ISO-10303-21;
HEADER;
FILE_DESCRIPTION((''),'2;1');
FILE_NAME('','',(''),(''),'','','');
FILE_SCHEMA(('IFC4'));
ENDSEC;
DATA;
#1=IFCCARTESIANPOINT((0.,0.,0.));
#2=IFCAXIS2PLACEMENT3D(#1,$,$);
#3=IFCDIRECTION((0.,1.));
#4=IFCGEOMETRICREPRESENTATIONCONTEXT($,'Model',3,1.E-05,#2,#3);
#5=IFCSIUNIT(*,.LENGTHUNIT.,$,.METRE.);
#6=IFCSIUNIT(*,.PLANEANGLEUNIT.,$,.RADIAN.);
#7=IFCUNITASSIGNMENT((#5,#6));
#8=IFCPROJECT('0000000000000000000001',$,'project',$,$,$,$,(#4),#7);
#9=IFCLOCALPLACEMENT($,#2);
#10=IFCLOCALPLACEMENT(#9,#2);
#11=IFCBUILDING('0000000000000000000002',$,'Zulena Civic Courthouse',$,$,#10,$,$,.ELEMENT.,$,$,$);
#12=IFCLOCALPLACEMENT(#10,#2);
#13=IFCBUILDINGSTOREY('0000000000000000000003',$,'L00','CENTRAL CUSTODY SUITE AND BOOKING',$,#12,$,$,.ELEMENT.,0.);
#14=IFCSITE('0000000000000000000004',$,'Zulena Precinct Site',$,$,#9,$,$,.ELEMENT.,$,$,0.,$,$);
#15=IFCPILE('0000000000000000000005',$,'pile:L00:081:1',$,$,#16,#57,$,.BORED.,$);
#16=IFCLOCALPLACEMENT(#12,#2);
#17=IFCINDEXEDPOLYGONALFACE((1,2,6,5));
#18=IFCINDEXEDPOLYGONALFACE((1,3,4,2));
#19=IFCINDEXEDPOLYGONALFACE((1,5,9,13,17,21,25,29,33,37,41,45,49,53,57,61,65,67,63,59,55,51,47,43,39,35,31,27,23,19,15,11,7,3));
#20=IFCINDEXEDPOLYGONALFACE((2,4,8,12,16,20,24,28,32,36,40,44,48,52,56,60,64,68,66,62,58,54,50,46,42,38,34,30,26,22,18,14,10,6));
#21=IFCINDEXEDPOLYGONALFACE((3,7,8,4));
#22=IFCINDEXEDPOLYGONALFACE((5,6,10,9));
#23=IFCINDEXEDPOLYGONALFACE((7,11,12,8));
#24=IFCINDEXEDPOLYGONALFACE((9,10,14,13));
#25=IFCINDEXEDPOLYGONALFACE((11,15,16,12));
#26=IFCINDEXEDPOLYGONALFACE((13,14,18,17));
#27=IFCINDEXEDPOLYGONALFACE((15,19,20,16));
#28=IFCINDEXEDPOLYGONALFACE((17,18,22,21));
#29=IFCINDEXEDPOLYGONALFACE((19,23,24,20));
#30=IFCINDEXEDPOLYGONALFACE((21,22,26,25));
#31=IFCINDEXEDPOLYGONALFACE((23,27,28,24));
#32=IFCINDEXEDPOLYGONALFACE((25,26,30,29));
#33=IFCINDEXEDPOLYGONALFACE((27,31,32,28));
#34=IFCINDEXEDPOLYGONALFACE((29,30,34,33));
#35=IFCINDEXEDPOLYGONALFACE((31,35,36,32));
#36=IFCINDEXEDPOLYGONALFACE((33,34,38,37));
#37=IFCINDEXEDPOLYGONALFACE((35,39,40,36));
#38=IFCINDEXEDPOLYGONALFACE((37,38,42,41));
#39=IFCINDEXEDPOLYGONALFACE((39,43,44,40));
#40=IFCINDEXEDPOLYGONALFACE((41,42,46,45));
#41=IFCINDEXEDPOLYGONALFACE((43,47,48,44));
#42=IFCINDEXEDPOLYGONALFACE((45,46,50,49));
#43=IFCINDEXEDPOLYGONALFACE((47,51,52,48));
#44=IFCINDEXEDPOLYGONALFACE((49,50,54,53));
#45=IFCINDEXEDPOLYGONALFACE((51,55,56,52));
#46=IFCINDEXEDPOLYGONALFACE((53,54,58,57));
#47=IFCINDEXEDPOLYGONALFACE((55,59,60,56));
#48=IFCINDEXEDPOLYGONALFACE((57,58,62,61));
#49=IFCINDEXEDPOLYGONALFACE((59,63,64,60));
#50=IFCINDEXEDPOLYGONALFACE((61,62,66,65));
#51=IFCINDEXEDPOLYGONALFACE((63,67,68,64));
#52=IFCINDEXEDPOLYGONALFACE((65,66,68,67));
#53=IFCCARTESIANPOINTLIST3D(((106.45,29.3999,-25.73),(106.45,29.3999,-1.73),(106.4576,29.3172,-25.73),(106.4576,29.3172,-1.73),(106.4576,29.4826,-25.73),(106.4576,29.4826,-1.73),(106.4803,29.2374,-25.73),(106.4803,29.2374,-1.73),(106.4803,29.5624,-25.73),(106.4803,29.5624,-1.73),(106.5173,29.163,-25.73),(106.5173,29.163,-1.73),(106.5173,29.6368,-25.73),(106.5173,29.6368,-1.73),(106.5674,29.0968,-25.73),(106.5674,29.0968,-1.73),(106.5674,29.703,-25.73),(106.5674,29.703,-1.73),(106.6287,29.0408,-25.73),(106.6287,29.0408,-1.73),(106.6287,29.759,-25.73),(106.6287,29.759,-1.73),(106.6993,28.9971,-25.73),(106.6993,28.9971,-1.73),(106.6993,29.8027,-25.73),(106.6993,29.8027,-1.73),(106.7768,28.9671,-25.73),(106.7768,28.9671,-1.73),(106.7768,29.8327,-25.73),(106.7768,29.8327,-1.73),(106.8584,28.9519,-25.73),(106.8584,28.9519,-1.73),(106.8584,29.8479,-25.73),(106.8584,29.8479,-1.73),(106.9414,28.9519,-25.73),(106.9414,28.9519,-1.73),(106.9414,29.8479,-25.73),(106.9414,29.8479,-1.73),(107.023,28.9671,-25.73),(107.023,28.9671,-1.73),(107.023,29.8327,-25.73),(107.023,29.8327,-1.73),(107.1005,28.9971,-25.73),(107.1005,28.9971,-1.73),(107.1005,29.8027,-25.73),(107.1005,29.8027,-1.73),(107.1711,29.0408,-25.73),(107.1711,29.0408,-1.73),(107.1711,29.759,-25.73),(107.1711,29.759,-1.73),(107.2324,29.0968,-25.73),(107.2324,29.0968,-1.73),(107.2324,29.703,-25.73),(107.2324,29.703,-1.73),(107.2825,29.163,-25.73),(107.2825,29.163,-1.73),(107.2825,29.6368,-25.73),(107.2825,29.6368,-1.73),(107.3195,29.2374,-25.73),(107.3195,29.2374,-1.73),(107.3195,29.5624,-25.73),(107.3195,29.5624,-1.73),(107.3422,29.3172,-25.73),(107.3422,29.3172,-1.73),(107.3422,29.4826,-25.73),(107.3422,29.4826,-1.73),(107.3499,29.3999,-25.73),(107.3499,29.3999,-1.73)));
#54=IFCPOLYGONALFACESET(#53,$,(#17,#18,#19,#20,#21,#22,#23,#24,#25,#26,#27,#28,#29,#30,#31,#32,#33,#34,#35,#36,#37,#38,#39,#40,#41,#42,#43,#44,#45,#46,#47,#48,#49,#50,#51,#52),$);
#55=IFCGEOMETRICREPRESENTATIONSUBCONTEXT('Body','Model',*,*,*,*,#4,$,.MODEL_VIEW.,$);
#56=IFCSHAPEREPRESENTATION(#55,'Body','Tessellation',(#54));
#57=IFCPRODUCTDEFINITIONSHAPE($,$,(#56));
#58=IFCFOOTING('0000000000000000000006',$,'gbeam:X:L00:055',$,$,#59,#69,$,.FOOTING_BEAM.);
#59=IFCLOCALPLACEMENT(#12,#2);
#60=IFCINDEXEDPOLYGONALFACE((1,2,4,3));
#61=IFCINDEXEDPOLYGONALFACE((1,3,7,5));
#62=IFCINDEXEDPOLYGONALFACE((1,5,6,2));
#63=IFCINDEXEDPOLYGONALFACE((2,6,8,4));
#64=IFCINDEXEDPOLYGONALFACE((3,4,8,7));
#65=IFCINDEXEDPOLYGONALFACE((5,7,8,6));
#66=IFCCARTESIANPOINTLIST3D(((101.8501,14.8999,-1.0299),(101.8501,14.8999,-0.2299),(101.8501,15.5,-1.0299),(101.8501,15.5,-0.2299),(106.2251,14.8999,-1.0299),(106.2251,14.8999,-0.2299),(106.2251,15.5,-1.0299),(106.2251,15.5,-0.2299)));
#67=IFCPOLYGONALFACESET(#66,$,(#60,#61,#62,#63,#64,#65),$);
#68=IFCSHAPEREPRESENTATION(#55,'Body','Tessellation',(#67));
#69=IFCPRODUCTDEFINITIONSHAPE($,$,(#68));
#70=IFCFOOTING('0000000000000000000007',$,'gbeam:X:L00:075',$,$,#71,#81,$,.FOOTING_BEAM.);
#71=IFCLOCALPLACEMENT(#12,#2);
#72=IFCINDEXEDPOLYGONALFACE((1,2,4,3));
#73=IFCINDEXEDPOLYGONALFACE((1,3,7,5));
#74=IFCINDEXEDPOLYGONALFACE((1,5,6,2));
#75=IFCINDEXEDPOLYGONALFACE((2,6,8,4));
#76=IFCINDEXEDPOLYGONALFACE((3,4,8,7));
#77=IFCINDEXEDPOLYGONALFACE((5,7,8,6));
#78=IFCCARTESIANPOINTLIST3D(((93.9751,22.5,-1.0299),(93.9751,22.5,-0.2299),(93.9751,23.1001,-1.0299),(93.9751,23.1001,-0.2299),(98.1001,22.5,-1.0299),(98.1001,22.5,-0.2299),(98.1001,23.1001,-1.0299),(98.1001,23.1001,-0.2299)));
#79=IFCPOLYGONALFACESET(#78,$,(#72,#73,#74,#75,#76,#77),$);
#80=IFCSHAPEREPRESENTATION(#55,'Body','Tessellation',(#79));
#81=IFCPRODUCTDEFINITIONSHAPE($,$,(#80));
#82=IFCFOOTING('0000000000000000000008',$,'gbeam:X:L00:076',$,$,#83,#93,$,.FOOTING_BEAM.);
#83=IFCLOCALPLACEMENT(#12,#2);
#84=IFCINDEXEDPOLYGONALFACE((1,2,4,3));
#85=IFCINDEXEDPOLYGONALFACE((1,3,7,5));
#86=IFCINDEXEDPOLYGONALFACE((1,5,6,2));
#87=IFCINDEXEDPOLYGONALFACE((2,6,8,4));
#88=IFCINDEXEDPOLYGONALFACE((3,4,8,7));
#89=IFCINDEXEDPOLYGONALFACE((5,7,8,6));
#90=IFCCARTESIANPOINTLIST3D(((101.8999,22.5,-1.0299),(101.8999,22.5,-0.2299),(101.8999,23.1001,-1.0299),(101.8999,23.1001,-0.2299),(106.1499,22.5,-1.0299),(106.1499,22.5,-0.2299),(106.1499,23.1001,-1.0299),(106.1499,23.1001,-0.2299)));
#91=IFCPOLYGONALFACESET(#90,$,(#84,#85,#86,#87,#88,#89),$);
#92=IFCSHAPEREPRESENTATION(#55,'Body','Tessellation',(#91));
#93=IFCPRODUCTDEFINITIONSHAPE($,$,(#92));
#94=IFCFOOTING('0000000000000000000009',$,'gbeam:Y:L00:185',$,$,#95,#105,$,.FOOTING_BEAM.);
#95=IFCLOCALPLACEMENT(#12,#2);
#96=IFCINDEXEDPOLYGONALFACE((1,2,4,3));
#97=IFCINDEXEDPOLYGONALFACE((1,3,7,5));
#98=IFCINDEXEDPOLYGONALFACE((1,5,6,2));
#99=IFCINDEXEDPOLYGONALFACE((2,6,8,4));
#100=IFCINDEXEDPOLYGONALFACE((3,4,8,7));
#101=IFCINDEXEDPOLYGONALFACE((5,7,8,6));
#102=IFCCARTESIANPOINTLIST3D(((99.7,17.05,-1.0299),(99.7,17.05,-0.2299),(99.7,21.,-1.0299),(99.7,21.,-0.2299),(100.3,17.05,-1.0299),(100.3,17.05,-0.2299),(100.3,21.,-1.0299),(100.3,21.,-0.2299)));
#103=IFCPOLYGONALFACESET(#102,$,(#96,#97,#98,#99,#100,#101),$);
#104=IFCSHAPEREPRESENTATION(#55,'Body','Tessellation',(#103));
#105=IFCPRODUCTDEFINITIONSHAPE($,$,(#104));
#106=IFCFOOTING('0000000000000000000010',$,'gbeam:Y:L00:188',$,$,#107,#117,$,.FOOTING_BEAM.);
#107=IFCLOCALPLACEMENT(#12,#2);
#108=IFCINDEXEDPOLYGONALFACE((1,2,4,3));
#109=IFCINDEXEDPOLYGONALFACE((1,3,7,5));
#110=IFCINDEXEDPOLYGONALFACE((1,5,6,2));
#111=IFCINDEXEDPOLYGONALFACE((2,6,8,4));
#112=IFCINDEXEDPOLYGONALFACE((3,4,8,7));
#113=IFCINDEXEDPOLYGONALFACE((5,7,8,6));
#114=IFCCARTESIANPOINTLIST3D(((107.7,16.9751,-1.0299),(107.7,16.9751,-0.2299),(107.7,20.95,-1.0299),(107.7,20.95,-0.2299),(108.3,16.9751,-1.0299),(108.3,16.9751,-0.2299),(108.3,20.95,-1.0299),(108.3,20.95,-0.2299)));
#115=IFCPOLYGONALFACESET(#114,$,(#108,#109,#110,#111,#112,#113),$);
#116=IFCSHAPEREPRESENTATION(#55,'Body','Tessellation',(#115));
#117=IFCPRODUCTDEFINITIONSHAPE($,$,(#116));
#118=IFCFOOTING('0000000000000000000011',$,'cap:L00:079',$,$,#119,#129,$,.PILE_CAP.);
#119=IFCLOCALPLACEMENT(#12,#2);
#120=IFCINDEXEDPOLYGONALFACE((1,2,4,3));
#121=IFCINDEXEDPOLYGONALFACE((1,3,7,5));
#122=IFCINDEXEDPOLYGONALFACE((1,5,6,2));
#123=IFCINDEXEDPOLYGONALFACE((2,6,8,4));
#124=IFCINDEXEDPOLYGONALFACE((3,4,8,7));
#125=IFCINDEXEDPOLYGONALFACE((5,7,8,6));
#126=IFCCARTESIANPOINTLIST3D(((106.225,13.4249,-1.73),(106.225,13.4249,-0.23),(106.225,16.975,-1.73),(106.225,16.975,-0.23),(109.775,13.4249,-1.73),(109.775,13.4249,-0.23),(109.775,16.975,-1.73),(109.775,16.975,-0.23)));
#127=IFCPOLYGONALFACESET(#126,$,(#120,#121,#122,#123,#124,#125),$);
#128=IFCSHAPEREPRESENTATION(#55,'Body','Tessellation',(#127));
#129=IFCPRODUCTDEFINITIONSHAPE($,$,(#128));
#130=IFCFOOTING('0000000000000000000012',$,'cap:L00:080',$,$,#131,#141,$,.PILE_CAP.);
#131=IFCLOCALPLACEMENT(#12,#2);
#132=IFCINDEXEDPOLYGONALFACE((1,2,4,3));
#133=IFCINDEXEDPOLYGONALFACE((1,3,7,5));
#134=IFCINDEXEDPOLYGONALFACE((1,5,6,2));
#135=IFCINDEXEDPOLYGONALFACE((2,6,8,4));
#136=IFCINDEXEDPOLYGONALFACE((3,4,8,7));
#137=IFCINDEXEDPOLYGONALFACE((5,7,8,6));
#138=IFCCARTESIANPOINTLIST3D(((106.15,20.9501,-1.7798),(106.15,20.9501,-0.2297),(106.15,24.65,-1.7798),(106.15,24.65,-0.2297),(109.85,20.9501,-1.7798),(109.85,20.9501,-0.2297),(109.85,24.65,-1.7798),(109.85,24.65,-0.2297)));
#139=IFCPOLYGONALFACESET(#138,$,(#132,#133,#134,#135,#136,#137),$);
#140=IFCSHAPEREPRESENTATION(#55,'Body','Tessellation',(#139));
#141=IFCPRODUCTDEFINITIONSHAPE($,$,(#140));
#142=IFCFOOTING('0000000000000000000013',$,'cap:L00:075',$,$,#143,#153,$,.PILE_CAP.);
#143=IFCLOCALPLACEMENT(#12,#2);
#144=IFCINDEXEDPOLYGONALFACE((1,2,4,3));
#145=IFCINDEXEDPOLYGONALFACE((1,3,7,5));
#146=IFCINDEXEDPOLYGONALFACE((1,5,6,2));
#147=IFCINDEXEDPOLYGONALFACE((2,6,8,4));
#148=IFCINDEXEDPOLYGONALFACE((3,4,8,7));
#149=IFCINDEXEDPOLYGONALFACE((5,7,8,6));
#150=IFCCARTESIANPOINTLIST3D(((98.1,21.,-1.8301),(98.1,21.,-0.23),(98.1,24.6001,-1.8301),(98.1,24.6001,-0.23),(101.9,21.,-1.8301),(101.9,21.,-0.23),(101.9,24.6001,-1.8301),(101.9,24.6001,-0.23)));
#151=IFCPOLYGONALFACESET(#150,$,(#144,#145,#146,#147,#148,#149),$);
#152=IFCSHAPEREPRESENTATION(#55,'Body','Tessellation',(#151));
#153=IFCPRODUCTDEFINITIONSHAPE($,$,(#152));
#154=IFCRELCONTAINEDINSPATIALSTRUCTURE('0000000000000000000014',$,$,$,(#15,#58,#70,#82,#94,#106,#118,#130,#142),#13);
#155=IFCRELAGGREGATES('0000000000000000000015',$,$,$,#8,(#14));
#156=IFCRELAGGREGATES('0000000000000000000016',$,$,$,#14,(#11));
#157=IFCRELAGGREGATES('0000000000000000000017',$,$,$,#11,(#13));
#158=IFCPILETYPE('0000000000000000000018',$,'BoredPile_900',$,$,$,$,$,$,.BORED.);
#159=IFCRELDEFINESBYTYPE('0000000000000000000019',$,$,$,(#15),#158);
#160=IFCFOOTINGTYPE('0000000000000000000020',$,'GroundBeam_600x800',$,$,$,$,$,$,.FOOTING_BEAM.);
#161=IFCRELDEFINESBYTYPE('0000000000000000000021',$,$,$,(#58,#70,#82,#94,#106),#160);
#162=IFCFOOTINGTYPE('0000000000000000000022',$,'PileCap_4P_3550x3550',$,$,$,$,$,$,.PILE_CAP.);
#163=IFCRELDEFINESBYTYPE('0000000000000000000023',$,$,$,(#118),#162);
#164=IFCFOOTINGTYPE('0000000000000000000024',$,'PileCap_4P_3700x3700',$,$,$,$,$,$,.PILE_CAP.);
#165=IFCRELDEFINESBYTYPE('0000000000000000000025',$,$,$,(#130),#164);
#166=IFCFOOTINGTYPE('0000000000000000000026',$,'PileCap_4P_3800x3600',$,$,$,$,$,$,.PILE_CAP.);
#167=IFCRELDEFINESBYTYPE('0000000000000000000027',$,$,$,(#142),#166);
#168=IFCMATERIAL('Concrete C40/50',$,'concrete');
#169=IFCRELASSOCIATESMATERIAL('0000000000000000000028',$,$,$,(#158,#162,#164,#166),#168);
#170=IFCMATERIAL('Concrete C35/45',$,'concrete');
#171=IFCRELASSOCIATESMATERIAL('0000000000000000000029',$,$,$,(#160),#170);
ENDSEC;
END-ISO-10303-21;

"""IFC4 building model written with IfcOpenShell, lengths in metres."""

from ifc_helpers import new_model, si_unit, direction, frame, origin, origin_2d, place, context, subcontext, project, spatial, rectangle, circle, extrude, material, material_profile, profile_set, type_object, element, save


model = new_model("IFC4")

# Units and contexts
model_context = context("Model", 3, precision=1e-05, world=origin(), true_north=direction((0.0, 1.0)))
body_context = subcontext(model_context, "Body", "Model", "MODEL_VIEW")
ifc_project = project(units=[si_unit("LENGTHUNIT", "METRE"), si_unit("PLANEANGLEUNIT", "RADIAN")], contexts=[model_context])

# Site, building, storey
site_placement = place(None, origin())
site = spatial("IfcSite", under=ifc_project, at=site_placement, Name="Zulena Precinct Site", CompositionType="ELEMENT", RefElevation=0.0)
building_placement = place(site_placement, origin())
building = spatial("IfcBuilding", under=site, at=building_placement, Name="Zulena Civic Courthouse", CompositionType="ELEMENT")
storey_placement = place(building_placement, origin())
storey = spatial("IfcBuildingStorey", under=building, at=storey_placement, Name="L00", Description="CENTRAL CUSTODY SUITE AND BOOKING", CompositionType="ELEMENT", Elevation=0.0)

# Pile
ifc_material_1 = material(Name="Concrete C40/50", Category="concrete")
ifc_material_profile_1 = material_profile(ifc_material_1, circle(Radius=0.45, at=origin_2d()), Name="PILE900")
ifc_profile_set_1 = profile_set([ifc_material_profile_1], Name="Concrete C40/50")
pile_type_1 = type_object("IfcPileType", Name="BoredPile_900", PredefinedType="BORED", material=ifc_profile_set_1)
for number, where, z_axis, x_axis, name in (
    (1, (106.8999, 29.3999, -1.73), (0.0, 0.0, -1.0), (1.0, 0.0, 0.0), "pile:L00:081:1"),
):
    element("IfcPile", number, at=place(storey_placement, frame(where, z_axis=z_axis, x_axis=x_axis)), inside=storey, type_object=pile_type_1, Name=name, PredefinedType="BORED", context=body_context, shape_type="SweptSolid", body=[
        extrude(circle(Radius=0.45, at=origin_2d()), origin(), (0.0, 0.0, 1.0), 24.0),
    ])

# Footings
ifc_material_2 = material(Name="Concrete C35/45", Category="concrete")
ifc_material_profile_2 = material_profile(ifc_material_2, rectangle(XDim=0.6001, YDim=0.8, at=origin_2d()), Name="RC600X800")
ifc_profile_set_2 = profile_set([ifc_material_profile_2], Name="Concrete C35/45")
footing_type_1 = type_object("IfcFootingType", Name="GroundBeam_600x800", PredefinedType="FOOTING_BEAM", material=ifc_profile_set_2)
footing_1_placement = place(storey_placement, frame((101.8501, 15.2, -0.6299), z_axis=(1.0, 0.0, 0.0), x_axis=(0.0, 1.0, 0.0)))
element("IfcFooting", 2, at=footing_1_placement, inside=storey, type_object=footing_type_1, Name="gbeam:X:L00:055", PredefinedType="FOOTING_BEAM", context=body_context, shape_type="SweptSolid", body=[
    extrude(rectangle(XDim=0.6001, YDim=0.8, at=origin_2d()), origin(), (0.0, 0.0, 1.0), 4.375),
])
footing_2_placement = place(storey_placement, frame((93.9751, 22.8, -0.6299), z_axis=(1.0, 0.0, 0.0), x_axis=(0.0, 1.0, 0.0)))
element("IfcFooting", 3, at=footing_2_placement, inside=storey, type_object=footing_type_1, Name="gbeam:X:L00:075", PredefinedType="FOOTING_BEAM", context=body_context, shape_type="SweptSolid", body=[
    extrude(rectangle(XDim=0.6001, YDim=0.8, at=origin_2d()), origin(), (0.0, 0.0, 1.0), 4.125),
])
footing_3_placement = place(storey_placement, frame((101.8999, 22.8, -0.6299), z_axis=(1.0, 0.0, 0.0), x_axis=(0.0, 1.0, 0.0)))
element("IfcFooting", 4, at=footing_3_placement, inside=storey, type_object=footing_type_1, Name="gbeam:X:L00:076", PredefinedType="FOOTING_BEAM", context=body_context, shape_type="SweptSolid", body=[
    extrude(rectangle(XDim=0.6001, YDim=0.8, at=origin_2d()), origin(), (0.0, 0.0, 1.0), 4.25),
])
footing_4_placement = place(storey_placement, frame((100.0, 17.05, -0.6299), z_axis=(0.0, 1.0, 0.0), x_axis=(-1.0, 0.0, 0.0)))
element("IfcFooting", 5, at=footing_4_placement, inside=storey, type_object=footing_type_1, Name="gbeam:Y:L00:185", PredefinedType="FOOTING_BEAM", context=body_context, shape_type="SweptSolid", body=[
    extrude(rectangle(XDim=0.6001, YDim=0.8, at=origin_2d()), origin(), (0.0, 0.0, 1.0), 3.95),
])
footing_5_placement = place(storey_placement, frame((108.0, 16.9751, -0.6299), z_axis=(0.0, 1.0, 0.0), x_axis=(-1.0, 0.0, 0.0)))
element("IfcFooting", 6, at=footing_5_placement, inside=storey, type_object=footing_type_1, Name="gbeam:Y:L00:188", PredefinedType="FOOTING_BEAM", context=body_context, shape_type="SweptSolid", body=[
    extrude(rectangle(XDim=0.6001, YDim=0.8, at=origin_2d()), origin(), (0.0, 0.0, 1.0), 3.9749),
])
footing_type_2 = type_object("IfcFootingType", Name="PileCap_4P_3550x3550", PredefinedType="PILE_CAP", material=ifc_material_1)
footing_6_placement = place(storey_placement, frame((108.0, 15.2, -1.73), z_axis=(0.0, 0.0, 1.0), x_axis=(1.0, 0.0, 0.0)))
element("IfcFooting", 7, at=footing_6_placement, inside=storey, type_object=footing_type_2, Name="cap:L00:079", PredefinedType="PILE_CAP", context=body_context, shape_type="SweptSolid", body=[
    extrude(rectangle(XDim=3.55, YDim=3.55, at=origin_2d()), origin(), (0.0, 0.0, 1.0), 1.5),
])
footing_type_3 = type_object("IfcFootingType", Name="PileCap_4P_3700x3700", PredefinedType="PILE_CAP", material=ifc_material_1)
footing_7_placement = place(storey_placement, frame((108.0, 22.8, -1.7798), z_axis=(0.0, 0.0, 1.0), x_axis=(1.0, 0.0, 0.0)))
element("IfcFooting", 8, at=footing_7_placement, inside=storey, type_object=footing_type_3, Name="cap:L00:080", PredefinedType="PILE_CAP", context=body_context, shape_type="SweptSolid", body=[
    extrude(rectangle(XDim=3.7, YDim=3.7, at=origin_2d()), origin(), (0.0, 0.0, 1.0), 1.55),
])
footing_type_4 = type_object("IfcFootingType", Name="PileCap_4P_3800x3600", PredefinedType="PILE_CAP", material=ifc_material_1)
footing_8_placement = place(storey_placement, frame((100.0, 22.8, -1.8301), z_axis=(0.0, 0.0, 1.0), x_axis=(1.0, 0.0, 0.0)))
element("IfcFooting", 9, at=footing_8_placement, inside=storey, type_object=footing_type_4, Name="cap:L00:075", PredefinedType="PILE_CAP", context=body_context, shape_type="SweptSolid", body=[
    extrude(rectangle(XDim=3.8, YDim=3.6001, at=origin_2d()), origin(), (0.0, 0.0, 1.0), 1.6001),
])

save(model, "model.ifc")
